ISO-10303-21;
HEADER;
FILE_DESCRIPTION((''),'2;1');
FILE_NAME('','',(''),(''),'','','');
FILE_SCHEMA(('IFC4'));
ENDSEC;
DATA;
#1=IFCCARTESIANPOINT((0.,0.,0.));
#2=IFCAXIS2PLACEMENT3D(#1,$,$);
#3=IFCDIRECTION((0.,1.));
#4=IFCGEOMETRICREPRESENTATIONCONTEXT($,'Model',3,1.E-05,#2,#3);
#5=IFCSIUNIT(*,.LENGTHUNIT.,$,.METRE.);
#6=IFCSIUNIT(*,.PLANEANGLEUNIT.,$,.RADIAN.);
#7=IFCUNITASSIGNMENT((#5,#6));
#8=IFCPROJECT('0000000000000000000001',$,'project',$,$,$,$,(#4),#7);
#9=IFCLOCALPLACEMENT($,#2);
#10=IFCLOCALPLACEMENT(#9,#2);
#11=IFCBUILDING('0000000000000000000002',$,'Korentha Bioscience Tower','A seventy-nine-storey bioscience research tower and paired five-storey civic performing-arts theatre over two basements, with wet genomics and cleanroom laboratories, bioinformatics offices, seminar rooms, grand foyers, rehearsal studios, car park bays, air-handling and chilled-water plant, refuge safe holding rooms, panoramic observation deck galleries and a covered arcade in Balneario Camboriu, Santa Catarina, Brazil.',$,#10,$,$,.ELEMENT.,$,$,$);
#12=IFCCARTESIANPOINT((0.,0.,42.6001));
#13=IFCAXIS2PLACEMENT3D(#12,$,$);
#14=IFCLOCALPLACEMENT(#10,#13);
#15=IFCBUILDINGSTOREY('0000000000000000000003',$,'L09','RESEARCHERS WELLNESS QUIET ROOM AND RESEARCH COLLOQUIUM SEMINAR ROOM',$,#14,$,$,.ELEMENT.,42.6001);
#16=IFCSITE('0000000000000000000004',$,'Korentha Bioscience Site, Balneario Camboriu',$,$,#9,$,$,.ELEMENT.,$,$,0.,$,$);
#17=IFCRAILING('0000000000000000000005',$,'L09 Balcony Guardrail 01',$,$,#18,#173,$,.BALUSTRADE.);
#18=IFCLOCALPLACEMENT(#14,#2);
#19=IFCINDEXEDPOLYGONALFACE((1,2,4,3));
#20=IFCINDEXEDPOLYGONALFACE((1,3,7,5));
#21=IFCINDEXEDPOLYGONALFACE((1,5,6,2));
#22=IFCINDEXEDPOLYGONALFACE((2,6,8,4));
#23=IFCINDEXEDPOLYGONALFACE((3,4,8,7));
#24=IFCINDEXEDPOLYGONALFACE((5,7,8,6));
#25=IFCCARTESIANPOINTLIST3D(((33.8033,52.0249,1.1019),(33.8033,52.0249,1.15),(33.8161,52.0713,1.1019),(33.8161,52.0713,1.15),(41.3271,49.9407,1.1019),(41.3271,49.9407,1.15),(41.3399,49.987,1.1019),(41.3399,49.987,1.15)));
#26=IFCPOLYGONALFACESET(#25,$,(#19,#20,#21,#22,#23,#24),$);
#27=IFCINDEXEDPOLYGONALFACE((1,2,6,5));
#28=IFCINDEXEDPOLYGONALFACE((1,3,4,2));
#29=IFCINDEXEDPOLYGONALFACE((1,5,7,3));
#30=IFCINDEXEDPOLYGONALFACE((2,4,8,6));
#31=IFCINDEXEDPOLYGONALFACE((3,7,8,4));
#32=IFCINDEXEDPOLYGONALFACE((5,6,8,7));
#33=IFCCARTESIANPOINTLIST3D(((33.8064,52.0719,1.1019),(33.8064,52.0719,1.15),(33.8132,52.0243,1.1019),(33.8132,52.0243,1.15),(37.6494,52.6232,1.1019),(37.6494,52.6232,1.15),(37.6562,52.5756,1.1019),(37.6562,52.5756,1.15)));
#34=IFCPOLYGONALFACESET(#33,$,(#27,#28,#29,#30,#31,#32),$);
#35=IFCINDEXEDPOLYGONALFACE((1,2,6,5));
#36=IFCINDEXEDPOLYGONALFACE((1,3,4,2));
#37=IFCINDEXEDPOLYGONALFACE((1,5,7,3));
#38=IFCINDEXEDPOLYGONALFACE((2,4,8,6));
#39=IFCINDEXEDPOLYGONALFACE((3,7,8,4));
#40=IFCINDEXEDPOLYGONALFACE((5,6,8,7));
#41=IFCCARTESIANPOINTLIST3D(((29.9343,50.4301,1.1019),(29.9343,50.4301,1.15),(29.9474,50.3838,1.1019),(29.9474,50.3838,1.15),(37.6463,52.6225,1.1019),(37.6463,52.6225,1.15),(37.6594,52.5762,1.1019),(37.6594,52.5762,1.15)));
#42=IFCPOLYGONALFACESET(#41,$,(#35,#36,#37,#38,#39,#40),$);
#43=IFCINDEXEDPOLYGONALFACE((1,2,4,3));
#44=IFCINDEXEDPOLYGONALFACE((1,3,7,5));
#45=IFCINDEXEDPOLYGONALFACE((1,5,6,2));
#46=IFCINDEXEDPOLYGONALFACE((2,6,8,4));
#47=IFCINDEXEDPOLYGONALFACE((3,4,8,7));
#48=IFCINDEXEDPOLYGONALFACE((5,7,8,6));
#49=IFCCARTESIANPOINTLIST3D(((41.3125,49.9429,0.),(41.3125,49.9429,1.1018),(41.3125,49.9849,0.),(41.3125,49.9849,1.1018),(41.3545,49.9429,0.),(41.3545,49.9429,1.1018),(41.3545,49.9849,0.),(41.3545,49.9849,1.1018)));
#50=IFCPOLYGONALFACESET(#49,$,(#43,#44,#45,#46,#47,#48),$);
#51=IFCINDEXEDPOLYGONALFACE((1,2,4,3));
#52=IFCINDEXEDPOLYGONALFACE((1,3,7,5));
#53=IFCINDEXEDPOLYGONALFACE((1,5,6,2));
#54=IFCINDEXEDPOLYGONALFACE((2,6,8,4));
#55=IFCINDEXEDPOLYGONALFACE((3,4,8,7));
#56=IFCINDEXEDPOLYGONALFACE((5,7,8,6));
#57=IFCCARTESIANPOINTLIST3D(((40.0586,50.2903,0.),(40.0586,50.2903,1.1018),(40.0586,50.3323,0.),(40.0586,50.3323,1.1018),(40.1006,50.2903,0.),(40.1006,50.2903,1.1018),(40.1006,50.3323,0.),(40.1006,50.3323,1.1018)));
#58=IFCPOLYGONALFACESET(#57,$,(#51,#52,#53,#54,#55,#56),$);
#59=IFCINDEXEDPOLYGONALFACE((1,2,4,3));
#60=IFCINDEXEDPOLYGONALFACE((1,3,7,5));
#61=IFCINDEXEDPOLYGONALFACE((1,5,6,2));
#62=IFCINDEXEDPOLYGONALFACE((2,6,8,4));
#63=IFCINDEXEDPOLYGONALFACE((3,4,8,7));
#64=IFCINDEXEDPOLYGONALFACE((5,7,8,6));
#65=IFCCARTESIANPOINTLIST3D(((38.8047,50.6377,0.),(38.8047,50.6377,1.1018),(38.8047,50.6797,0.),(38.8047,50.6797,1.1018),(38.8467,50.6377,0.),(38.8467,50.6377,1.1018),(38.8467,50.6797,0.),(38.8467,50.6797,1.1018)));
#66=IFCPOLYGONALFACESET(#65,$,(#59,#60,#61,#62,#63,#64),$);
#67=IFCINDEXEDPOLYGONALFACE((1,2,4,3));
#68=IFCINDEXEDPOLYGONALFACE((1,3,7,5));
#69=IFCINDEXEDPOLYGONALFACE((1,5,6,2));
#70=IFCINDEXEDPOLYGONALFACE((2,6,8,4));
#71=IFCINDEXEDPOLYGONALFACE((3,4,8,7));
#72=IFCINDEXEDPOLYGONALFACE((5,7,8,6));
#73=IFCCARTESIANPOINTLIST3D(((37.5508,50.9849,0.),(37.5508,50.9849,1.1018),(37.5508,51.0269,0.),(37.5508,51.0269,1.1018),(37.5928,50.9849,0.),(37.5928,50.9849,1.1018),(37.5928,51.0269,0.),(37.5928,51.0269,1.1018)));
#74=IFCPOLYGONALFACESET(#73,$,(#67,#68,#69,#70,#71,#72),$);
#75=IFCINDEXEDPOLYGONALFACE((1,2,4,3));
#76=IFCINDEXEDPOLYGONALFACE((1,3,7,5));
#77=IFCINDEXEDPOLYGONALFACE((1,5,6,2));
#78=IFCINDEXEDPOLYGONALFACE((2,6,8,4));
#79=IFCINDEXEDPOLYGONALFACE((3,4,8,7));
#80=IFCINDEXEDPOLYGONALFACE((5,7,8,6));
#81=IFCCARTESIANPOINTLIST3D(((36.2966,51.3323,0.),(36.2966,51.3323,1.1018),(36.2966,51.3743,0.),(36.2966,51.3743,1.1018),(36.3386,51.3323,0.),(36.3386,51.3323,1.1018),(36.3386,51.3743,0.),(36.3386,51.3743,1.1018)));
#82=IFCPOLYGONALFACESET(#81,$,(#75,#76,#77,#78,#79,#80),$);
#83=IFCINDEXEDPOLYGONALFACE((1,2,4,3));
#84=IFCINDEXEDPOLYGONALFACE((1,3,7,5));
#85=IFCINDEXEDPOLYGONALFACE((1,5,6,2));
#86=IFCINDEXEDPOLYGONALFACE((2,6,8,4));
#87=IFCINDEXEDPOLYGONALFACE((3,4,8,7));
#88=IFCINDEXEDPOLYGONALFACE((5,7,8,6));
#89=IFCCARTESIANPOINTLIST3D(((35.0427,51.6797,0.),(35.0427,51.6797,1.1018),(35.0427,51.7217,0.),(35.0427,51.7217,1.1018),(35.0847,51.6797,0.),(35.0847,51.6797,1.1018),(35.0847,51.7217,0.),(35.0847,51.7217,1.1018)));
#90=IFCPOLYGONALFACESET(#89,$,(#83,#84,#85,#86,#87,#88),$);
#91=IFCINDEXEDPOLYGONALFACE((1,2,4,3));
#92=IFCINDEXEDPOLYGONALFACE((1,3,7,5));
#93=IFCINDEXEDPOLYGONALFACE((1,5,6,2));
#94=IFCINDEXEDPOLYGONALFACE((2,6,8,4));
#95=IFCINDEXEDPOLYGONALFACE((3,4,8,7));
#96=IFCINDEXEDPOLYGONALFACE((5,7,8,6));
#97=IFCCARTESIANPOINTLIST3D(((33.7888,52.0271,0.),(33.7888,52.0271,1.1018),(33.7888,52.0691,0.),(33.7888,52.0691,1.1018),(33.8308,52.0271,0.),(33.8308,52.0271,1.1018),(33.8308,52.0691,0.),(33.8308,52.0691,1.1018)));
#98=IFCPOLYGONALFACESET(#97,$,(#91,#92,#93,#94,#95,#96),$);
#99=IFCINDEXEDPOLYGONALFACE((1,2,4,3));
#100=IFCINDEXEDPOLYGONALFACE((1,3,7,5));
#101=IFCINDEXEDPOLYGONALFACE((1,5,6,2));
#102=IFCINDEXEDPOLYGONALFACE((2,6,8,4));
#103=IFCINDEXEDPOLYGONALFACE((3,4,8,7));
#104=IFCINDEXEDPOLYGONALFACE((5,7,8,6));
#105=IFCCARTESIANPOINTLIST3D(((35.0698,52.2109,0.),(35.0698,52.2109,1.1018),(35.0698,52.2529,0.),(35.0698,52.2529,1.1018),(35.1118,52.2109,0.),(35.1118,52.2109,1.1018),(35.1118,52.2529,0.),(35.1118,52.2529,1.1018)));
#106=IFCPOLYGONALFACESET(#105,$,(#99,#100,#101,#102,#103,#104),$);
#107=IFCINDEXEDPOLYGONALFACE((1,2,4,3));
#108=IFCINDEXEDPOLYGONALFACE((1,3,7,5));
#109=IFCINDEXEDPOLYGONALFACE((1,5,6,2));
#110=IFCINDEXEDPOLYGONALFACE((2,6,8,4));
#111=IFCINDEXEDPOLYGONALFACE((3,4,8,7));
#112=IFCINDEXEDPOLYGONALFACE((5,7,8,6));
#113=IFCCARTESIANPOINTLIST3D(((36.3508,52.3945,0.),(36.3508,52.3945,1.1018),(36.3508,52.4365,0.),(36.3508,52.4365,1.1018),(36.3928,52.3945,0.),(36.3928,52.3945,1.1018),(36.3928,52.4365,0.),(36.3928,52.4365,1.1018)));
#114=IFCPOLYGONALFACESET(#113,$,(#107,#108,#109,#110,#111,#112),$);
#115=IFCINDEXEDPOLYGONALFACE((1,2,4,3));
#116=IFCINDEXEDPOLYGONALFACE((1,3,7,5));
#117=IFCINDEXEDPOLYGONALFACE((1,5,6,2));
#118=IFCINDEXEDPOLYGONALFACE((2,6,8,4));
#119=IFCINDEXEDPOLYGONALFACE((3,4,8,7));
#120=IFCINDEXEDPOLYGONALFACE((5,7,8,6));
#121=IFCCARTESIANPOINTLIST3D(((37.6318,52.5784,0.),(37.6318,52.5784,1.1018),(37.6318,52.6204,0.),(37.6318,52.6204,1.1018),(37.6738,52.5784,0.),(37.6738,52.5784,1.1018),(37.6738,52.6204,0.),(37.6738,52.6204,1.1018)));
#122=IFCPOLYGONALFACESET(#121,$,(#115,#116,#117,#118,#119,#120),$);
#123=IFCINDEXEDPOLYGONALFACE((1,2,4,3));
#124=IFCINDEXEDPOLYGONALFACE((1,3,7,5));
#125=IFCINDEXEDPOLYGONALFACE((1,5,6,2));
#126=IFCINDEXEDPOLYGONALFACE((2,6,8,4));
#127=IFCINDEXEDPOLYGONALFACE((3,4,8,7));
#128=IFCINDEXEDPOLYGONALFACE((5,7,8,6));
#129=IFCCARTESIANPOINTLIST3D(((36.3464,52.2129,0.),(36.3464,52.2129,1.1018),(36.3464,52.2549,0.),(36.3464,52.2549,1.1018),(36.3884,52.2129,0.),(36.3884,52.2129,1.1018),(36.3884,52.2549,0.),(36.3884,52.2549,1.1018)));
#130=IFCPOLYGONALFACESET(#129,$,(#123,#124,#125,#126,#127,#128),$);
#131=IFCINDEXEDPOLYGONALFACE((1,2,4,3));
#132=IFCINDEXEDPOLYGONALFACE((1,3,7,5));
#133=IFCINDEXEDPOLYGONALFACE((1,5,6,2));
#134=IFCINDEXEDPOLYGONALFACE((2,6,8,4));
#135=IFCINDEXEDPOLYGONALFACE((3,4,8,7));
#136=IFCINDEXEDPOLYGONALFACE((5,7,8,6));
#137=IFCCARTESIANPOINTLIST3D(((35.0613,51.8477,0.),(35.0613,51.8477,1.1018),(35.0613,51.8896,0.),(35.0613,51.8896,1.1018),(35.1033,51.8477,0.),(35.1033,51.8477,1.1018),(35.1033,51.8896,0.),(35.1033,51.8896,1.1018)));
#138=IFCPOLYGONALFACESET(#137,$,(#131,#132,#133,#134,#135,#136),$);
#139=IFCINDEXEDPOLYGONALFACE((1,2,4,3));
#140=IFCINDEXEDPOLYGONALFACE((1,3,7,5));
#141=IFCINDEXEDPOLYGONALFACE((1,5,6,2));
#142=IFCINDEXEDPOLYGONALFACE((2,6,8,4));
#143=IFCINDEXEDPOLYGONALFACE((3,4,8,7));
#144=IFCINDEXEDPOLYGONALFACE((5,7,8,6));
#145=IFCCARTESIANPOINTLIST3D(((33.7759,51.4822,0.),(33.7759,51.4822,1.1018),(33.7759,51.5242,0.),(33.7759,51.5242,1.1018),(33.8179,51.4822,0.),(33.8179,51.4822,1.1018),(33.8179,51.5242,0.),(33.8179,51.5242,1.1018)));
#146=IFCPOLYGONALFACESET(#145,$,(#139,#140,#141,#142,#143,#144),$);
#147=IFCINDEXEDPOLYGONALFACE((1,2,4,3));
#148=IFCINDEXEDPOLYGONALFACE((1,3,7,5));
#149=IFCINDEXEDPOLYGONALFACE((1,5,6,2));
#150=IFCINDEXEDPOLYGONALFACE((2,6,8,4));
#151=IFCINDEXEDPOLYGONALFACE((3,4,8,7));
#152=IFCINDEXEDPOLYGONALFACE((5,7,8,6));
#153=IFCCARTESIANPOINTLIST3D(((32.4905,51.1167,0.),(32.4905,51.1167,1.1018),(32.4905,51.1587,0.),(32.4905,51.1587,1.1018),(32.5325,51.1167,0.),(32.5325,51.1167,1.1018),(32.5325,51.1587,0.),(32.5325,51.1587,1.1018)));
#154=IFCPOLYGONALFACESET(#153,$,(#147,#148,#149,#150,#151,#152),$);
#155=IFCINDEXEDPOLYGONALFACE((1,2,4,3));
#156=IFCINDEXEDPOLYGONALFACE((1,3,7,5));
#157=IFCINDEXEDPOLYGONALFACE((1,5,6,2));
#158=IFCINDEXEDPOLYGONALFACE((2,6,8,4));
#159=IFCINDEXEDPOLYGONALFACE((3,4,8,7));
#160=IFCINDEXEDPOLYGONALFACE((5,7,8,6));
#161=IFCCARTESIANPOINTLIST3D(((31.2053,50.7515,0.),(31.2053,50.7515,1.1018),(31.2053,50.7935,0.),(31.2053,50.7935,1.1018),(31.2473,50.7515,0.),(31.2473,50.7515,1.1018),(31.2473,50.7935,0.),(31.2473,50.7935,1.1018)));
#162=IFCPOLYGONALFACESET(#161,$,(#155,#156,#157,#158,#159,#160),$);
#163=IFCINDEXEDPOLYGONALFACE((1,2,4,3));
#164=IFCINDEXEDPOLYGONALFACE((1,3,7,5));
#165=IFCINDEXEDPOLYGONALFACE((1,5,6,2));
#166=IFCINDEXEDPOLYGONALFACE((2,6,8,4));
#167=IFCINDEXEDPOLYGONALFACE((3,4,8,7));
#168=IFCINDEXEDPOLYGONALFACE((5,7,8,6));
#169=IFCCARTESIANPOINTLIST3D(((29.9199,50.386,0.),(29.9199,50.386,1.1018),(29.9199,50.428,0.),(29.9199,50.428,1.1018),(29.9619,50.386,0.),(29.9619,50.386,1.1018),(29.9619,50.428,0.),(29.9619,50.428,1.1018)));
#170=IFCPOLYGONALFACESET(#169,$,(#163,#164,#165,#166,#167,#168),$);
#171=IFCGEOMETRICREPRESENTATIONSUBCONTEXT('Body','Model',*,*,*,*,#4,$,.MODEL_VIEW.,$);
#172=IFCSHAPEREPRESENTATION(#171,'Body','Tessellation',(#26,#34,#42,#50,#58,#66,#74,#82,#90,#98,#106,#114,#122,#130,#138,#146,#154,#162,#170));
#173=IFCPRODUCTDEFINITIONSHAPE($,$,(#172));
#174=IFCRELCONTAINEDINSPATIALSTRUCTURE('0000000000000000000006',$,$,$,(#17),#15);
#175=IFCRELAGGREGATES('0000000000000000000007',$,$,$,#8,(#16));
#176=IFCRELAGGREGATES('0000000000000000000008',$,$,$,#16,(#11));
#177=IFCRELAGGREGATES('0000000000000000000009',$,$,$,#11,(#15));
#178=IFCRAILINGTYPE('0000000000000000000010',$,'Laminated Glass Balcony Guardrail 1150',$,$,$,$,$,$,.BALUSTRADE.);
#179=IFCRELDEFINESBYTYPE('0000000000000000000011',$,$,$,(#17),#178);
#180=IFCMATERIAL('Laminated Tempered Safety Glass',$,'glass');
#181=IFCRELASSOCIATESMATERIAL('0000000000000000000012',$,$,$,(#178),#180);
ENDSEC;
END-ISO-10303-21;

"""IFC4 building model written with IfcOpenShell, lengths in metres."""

from ifc_helpers import new_model, si_unit, direction, frame, origin, origin_2d, place, context, subcontext, project, spatial, rectangle, extrude, material, type_object, element, save


model = new_model("IFC4")

# Units and contexts
model_context = context("Model", 3, precision=1e-05, world=origin(), true_north=direction((0.0, 1.0)))
body_context = subcontext(model_context, "Body", "Model", "MODEL_VIEW")
ifc_project = project(units=[si_unit("LENGTHUNIT", "METRE"), si_unit("PLANEANGLEUNIT", "RADIAN")], contexts=[model_context])

# Site, building, storey
site_placement = place(None, origin())
site = spatial("IfcSite", under=ifc_project, at=site_placement, Name="Korentha Bioscience Site, Balneario Camboriu", CompositionType="ELEMENT", RefElevation=0.0)
building_placement = place(site_placement, origin())
building = spatial("IfcBuilding", under=site, at=building_placement, Name="Korentha Bioscience Tower", Description="A seventy-nine-storey bioscience research tower and paired five-storey civic performing-arts theatre over two basements, with wet genomics and cleanroom laboratories, bioinformatics offices, seminar rooms, grand foyers, rehearsal studios, car park bays, air-handling and chilled-water plant, refuge safe holding rooms, panoramic observation deck galleries and a covered arcade in Balneario Camboriu, Santa Catarina, Brazil.", CompositionType="ELEMENT")
storey_placement = place(building_placement, frame((0.0, 0.0, 42.6001)))
storey = spatial("IfcBuildingStorey", under=building, at=storey_placement, Name="L09", Description="RESEARCHERS WELLNESS QUIET ROOM AND RESEARCH COLLOQUIUM SEMINAR ROOM", CompositionType="ELEMENT", Elevation=42.6001)

# Railing
ifc_material_1 = material(Name="Laminated Tempered Safety Glass", Category="glass")
railing_type = type_object("IfcRailingType", Name="Laminated Glass Balcony Guardrail 1150", PredefinedType="BALUSTRADE", material=ifc_material_1)
railing_placement = place(storey_placement, frame((41.3335, 49.9639, 0.0)))
element("IfcRailing", 1, at=railing_placement, inside=storey, type_object=railing_type, Name="L09 Balcony Guardrail 01", PredefinedType="BALUSTRADE", context=body_context, shape_type="SweptSolid", body=[
    extrude(rectangle(XDim=0.0481, YDim=0.0481, at=origin_2d()), frame((0.0, 0.0, 1.126), z_axis=(-0.963705, 0.266968, 0.0), x_axis=(-0.266968, -0.963705, 0.0)), (0.0, 0.0, 1.0), 7.8071),
    extrude(rectangle(XDim=0.0481, YDim=0.0481, at=origin_2d()), frame((-7.5237, 2.0842, 1.126), z_axis=(0.989868, 0.141994, 0.0), x_axis=(-0.141994, 0.989868, 0.0)), (0.0, 0.0, 1.0), 3.8823),
    extrude(rectangle(XDim=0.0481, YDim=0.0481, at=origin_2d()), frame((-3.6807, 2.6355, 1.126), z_axis=(-0.961886, -0.27345, 0.0), x_axis=(0.27345, -0.961886, 0.0)), (0.0, 0.0, 1.0), 8.0176),
    extrude(rectangle(XDim=0.042, YDim=0.042, at=origin_2d()), origin(), (0.0, 0.0, 1.0), 1.1018),
    extrude(rectangle(XDim=0.042, YDim=0.042, at=origin_2d()), frame((-1.2539, 0.3474, 0.0)), (0.0, 0.0, 1.0), 1.1018),
    extrude(rectangle(XDim=0.042, YDim=0.042, at=origin_2d()), frame((-2.5078, 0.6948, 0.0)), (0.0, 0.0, 1.0), 1.1018),
    extrude(rectangle(XDim=0.042, YDim=0.042, at=origin_2d()), frame((-3.7617, 1.042, 0.0)), (0.0, 0.0, 1.0), 1.1018),
    extrude(rectangle(XDim=0.042, YDim=0.042, at=origin_2d()), frame((-5.0159, 1.3894, 0.0)), (0.0, 0.0, 1.0), 1.1018),
    extrude(rectangle(XDim=0.042, YDim=0.042, at=origin_2d()), frame((-6.2698, 1.7368, 0.0)), (0.0, 0.0, 1.0), 1.1018),
    extrude(rectangle(XDim=0.042, YDim=0.042, at=origin_2d()), frame((-7.5237, 2.0842, 0.0)), (0.0, 0.0, 1.0), 1.1018),
    extrude(rectangle(XDim=0.042, YDim=0.042, at=origin_2d()), frame((-6.2427, 2.2681, 0.0)), (0.0, 0.0, 1.0), 1.1018),
    extrude(rectangle(XDim=0.042, YDim=0.042, at=origin_2d()), frame((-4.9617, 2.4517, 0.0)), (0.0, 0.0, 1.0), 1.1018),
    extrude(rectangle(XDim=0.042, YDim=0.042, at=origin_2d()), frame((-3.6807, 2.6355, 0.0)), (0.0, 0.0, 1.0), 1.1018),
    extrude(rectangle(XDim=0.042, YDim=0.042, at=origin_2d()), frame((-4.9661, 2.27, 0.0)), (0.0, 0.0, 1.0), 1.1018),
    extrude(rectangle(XDim=0.042, YDim=0.042, at=origin_2d()), frame((-6.2512, 1.9048, 0.0)), (0.0, 0.0, 1.0), 1.1018),
    extrude(rectangle(XDim=0.042, YDim=0.042, at=origin_2d()), frame((-7.5366, 1.5393, 0.0)), (0.0, 0.0, 1.0), 1.1018),
    extrude(rectangle(XDim=0.042, YDim=0.042, at=origin_2d()), frame((-8.822, 1.1738, 0.0)), (0.0, 0.0, 1.0), 1.1018),
    extrude(rectangle(XDim=0.042, YDim=0.042, at=origin_2d()), frame((-10.1072, 0.8086, 0.0)), (0.0, 0.0, 1.0), 1.1018),
    extrude(rectangle(XDim=0.042, YDim=0.042, at=origin_2d()), frame((-11.3926, 0.4431, 0.0)), (0.0, 0.0, 1.0), 1.1018),
])

save(model, "model.ifc")
